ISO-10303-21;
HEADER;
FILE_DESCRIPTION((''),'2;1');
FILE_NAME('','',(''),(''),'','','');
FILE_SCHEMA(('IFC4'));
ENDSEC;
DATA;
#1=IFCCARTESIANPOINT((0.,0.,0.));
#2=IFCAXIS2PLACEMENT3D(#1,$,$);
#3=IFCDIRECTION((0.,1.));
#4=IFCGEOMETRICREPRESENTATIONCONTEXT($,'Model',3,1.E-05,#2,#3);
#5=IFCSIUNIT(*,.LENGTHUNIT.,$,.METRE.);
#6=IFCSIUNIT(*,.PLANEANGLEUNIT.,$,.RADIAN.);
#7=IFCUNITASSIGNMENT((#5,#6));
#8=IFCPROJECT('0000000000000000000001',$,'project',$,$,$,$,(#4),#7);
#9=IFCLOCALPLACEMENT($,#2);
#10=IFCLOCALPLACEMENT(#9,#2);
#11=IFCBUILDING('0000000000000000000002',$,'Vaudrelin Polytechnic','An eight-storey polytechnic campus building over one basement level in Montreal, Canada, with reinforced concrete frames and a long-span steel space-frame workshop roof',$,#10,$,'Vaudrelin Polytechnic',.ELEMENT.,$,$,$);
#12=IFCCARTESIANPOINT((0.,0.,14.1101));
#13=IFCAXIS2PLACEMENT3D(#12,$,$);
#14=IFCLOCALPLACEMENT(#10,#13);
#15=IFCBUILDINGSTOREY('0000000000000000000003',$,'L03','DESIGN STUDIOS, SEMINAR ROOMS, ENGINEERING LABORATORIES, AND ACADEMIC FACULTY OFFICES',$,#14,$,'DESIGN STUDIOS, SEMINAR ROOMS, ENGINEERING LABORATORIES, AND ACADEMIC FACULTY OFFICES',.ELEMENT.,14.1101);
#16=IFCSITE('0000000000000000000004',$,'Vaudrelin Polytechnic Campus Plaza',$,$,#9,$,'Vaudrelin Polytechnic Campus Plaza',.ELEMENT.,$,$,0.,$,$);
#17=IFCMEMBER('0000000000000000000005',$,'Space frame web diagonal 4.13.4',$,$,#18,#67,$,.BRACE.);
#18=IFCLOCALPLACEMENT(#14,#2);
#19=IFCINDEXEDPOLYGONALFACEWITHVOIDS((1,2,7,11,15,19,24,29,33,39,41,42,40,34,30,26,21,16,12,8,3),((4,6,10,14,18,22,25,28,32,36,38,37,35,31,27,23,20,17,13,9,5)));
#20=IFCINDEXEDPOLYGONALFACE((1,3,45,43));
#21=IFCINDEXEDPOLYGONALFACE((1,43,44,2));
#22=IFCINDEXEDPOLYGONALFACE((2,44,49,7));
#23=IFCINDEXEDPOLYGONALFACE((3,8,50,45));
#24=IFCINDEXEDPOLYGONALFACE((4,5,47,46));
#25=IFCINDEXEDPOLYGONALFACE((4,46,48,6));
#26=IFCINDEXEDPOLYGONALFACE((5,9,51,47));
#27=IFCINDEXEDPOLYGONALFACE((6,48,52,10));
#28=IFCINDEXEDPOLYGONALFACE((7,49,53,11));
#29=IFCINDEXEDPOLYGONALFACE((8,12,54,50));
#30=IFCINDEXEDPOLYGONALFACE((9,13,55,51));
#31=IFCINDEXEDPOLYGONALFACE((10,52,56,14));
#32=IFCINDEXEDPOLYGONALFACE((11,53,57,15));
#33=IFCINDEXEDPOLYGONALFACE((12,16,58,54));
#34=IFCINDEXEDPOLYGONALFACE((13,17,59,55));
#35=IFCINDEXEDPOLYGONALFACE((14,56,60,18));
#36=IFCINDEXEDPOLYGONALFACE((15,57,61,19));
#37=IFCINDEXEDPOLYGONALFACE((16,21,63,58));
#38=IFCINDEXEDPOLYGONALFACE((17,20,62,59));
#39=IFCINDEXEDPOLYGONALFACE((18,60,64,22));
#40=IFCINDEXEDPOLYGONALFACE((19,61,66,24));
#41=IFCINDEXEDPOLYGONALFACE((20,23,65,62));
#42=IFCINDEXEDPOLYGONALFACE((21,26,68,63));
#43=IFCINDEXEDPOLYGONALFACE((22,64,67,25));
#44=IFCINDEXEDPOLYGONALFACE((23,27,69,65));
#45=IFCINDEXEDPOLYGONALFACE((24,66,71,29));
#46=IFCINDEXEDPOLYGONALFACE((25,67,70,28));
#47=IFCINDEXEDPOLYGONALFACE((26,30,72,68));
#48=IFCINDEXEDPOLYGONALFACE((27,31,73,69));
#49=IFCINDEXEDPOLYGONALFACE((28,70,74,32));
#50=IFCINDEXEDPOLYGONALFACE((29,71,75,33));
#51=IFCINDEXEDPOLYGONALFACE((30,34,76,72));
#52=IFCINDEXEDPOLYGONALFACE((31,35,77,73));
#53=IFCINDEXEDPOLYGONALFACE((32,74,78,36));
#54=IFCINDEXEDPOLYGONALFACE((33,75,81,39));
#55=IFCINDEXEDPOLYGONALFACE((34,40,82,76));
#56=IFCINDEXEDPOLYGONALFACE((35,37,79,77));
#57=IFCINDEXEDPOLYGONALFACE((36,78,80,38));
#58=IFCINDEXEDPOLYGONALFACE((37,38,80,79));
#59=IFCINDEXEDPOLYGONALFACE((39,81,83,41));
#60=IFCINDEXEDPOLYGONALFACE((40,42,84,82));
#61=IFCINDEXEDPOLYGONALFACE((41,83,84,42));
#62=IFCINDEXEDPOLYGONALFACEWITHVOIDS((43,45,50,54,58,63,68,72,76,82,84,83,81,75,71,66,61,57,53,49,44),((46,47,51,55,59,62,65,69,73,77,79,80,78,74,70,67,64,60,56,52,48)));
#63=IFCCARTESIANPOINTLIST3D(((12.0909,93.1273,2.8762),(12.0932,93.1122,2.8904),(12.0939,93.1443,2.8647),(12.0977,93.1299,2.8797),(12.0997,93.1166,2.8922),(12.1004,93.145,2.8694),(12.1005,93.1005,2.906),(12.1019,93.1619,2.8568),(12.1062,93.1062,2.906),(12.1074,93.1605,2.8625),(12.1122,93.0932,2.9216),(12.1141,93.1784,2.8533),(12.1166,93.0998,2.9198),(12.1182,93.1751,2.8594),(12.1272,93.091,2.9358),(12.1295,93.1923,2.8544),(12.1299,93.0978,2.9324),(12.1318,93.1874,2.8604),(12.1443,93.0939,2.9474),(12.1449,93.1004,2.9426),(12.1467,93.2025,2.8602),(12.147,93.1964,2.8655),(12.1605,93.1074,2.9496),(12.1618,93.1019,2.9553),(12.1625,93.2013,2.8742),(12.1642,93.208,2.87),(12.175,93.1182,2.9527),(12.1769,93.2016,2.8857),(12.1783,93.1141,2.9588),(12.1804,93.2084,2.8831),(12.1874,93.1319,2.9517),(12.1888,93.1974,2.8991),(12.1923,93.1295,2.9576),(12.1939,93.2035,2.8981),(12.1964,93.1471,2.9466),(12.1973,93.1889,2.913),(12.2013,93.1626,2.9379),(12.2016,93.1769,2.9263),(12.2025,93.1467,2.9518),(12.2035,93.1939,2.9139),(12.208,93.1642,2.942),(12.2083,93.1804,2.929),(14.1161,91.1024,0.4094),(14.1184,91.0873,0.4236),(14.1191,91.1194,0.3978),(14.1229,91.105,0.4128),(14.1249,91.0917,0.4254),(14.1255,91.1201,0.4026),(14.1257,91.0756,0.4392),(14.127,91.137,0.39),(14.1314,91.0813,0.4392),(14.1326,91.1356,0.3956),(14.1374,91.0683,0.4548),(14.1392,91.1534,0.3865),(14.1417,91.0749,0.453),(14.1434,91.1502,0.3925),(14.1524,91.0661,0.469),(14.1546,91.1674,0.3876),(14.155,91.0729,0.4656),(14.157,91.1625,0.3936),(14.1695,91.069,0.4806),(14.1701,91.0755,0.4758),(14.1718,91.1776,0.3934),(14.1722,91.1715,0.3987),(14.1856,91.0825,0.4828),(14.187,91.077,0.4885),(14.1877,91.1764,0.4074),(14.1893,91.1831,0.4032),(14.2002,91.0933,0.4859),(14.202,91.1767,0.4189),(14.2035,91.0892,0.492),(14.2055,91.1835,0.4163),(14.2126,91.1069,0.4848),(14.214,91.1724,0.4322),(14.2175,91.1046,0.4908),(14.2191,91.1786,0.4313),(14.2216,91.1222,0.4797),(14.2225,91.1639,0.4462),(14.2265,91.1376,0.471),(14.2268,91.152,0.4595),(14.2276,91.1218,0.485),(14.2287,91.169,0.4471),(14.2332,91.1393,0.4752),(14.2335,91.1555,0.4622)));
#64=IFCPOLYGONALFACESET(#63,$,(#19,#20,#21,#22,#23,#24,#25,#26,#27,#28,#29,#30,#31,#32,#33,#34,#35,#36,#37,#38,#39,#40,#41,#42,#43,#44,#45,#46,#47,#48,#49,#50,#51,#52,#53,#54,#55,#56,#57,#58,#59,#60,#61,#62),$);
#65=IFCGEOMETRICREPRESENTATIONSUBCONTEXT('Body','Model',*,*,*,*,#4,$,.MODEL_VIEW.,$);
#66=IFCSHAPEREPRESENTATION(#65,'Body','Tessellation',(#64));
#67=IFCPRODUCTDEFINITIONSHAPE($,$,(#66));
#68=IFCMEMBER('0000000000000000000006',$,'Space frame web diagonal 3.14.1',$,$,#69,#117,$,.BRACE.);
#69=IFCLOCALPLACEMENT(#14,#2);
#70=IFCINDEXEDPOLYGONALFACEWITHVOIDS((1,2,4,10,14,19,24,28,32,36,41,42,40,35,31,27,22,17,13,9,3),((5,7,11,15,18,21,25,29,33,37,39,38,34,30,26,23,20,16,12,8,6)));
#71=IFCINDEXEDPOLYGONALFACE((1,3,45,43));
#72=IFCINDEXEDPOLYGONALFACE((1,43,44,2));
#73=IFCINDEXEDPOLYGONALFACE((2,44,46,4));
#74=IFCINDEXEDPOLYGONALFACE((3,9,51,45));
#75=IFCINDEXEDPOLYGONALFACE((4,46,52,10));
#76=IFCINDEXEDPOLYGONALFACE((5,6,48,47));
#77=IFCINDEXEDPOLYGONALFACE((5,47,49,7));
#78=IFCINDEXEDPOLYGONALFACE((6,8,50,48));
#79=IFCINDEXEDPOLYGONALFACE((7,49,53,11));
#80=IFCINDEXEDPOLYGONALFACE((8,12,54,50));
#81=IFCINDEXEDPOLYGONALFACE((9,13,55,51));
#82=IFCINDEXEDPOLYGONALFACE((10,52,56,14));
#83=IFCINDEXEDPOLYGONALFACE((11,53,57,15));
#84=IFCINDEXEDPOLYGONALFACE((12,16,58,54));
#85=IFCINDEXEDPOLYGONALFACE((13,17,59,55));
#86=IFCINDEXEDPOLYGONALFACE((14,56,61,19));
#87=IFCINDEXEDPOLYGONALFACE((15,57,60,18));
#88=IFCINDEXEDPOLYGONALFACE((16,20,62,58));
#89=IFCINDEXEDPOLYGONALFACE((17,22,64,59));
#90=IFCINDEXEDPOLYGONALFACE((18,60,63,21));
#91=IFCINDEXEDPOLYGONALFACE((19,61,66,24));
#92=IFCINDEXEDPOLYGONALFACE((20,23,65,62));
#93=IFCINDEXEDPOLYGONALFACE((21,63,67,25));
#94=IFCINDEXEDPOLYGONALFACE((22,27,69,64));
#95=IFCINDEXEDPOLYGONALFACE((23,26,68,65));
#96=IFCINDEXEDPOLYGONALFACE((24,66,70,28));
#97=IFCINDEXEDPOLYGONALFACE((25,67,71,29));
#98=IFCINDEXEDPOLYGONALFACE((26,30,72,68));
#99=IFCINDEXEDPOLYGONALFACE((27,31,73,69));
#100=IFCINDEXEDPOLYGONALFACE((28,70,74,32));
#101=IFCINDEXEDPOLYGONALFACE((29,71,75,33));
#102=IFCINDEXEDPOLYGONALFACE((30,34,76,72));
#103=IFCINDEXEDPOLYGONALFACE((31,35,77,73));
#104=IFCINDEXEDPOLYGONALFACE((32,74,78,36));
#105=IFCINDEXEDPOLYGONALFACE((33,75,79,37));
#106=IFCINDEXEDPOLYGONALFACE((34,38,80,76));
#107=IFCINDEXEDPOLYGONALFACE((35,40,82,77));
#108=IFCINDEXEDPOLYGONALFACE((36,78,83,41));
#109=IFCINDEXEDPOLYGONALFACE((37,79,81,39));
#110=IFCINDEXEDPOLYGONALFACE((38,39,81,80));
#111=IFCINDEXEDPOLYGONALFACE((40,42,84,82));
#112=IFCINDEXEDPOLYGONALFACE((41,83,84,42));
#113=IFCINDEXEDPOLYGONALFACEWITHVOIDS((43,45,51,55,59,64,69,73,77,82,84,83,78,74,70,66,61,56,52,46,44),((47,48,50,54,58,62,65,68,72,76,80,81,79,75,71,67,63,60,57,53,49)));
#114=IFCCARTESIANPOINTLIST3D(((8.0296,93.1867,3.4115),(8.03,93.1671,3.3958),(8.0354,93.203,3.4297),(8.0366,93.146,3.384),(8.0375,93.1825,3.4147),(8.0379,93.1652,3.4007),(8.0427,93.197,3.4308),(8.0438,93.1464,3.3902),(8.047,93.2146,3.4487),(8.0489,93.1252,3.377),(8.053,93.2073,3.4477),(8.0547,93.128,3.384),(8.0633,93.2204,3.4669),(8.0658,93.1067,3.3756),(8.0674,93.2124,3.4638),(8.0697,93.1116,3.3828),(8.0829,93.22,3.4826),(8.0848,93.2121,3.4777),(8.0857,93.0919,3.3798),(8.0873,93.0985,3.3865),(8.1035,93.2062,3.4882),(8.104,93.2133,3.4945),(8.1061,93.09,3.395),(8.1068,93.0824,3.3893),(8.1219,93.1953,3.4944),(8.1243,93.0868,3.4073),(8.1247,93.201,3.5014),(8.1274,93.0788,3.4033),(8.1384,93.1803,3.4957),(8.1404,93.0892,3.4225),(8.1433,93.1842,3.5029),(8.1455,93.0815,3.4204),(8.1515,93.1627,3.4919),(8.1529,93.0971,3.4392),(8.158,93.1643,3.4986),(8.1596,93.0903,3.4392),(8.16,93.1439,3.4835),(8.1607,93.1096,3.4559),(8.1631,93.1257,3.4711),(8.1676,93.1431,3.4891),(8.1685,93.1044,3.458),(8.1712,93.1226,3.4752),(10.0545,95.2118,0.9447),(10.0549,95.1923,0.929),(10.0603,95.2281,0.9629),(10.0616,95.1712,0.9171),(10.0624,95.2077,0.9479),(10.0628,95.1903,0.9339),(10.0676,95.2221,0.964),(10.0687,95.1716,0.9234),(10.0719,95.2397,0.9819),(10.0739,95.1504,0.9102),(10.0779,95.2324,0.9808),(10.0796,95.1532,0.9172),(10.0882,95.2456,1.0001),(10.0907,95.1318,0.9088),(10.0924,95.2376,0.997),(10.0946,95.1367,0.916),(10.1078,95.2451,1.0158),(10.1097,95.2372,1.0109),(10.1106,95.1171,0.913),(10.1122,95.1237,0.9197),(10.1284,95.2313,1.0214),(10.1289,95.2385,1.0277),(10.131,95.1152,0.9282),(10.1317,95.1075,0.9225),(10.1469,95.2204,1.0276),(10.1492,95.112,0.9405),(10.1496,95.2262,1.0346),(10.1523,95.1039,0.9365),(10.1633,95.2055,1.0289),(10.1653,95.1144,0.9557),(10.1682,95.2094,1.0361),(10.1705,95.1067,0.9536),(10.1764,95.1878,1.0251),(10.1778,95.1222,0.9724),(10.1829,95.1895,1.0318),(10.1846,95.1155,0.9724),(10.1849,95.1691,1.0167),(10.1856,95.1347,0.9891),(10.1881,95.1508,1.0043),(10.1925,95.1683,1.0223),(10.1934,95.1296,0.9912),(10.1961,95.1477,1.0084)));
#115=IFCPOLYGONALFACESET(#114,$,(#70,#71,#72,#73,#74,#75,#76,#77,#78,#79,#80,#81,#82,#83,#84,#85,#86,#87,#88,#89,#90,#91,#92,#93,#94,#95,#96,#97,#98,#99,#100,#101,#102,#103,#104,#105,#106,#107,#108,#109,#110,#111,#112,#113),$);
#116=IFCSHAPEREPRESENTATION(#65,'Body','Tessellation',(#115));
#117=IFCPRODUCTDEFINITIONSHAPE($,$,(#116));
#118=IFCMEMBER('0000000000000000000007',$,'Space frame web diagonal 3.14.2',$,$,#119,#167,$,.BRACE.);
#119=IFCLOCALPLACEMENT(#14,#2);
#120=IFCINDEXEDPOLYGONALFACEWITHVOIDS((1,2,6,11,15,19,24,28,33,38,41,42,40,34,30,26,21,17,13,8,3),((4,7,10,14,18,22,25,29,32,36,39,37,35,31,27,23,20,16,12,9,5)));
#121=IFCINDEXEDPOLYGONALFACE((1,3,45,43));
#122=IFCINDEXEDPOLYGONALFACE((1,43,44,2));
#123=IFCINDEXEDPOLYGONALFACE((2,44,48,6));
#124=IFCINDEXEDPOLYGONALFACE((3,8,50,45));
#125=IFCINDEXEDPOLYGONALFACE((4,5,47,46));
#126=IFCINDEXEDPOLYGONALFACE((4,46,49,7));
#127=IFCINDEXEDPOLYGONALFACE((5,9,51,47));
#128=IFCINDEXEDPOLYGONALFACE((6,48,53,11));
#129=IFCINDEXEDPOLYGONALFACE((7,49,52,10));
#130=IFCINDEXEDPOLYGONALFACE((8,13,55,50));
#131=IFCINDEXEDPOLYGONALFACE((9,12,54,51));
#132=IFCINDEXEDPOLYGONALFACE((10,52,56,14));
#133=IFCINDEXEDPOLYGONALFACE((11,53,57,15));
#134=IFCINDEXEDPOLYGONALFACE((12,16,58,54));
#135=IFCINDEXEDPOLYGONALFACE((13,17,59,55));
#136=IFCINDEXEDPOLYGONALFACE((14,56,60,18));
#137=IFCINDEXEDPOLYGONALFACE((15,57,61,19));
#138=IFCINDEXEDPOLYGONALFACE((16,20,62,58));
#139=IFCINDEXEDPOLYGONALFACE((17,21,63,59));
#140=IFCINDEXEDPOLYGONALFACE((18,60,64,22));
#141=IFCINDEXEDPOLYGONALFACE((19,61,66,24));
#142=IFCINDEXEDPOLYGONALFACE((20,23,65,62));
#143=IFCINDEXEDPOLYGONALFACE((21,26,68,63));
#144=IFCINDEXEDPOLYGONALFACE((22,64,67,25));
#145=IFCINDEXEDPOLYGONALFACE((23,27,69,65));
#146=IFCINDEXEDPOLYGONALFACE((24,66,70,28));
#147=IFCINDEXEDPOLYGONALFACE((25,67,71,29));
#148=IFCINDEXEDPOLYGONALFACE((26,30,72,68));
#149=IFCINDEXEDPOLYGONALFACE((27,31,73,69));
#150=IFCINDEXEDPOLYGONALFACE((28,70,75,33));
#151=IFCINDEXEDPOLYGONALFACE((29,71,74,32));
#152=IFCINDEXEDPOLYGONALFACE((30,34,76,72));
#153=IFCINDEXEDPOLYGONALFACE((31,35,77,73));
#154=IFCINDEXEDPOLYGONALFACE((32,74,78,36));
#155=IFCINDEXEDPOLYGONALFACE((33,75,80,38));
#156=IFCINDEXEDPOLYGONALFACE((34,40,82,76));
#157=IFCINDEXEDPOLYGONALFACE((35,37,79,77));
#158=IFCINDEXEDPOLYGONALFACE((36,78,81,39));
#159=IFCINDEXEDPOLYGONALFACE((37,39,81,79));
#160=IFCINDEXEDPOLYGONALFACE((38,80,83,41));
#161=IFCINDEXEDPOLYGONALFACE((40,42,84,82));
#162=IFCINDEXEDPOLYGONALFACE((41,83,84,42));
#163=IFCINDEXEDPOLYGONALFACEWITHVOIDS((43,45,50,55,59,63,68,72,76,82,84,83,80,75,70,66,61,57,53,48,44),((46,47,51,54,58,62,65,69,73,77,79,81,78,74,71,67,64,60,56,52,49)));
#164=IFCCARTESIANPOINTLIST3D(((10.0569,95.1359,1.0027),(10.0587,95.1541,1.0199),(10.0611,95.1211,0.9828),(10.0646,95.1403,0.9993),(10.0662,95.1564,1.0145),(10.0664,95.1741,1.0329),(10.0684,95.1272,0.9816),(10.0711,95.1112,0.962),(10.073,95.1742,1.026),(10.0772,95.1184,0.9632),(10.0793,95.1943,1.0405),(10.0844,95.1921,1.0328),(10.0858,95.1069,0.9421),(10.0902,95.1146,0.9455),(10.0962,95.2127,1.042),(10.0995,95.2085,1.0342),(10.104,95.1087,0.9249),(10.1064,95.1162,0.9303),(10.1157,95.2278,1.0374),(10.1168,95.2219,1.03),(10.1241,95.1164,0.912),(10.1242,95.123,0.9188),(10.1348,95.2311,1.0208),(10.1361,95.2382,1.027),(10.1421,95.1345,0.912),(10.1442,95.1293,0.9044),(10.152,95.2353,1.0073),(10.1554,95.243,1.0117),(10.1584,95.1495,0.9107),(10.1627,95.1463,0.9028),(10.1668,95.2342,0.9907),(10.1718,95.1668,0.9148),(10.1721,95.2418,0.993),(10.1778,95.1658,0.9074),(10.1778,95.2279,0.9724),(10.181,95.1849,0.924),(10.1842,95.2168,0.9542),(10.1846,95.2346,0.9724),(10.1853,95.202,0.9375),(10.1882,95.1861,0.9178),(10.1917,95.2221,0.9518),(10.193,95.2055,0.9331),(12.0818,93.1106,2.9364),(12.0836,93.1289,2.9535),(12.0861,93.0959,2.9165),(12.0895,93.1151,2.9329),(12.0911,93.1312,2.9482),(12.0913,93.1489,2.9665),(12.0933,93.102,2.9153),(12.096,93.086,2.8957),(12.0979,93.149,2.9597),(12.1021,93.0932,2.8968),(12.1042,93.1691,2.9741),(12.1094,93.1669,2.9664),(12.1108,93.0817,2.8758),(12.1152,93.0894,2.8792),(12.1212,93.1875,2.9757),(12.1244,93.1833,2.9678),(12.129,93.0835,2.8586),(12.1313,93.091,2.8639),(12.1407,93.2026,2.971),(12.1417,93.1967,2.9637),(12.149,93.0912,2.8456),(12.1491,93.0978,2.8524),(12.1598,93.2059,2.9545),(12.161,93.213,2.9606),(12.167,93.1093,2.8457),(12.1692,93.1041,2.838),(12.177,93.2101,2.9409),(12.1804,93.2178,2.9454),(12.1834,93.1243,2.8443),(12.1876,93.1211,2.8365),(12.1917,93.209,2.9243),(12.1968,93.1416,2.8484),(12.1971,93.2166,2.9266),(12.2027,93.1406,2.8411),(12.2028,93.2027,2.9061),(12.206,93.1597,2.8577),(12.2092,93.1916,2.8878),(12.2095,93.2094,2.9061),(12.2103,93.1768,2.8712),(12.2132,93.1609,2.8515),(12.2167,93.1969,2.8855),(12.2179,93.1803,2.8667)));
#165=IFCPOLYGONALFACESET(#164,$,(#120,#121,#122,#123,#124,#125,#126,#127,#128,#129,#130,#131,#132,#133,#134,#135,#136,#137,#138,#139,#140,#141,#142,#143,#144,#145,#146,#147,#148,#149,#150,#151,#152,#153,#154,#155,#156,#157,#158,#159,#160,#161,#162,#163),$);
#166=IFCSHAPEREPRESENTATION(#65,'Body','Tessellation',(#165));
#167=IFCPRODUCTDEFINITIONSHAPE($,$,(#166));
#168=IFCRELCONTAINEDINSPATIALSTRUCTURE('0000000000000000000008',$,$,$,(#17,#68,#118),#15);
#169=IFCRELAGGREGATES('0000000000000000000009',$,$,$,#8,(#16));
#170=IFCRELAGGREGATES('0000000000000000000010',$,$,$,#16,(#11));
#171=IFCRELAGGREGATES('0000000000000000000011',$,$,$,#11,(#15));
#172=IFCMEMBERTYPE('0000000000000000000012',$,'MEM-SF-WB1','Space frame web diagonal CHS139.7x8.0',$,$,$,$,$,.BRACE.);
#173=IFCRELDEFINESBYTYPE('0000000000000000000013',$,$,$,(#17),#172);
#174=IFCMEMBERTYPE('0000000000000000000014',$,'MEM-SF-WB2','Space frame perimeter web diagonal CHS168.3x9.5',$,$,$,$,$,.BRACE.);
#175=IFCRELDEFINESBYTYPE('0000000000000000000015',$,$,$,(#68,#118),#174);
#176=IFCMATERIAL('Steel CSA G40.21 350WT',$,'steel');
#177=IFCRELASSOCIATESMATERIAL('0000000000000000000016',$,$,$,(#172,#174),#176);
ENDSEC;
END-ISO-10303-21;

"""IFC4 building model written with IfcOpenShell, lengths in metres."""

from ifc_helpers import new_model, si_unit, direction, frame, origin, origin_2d, place, context, subcontext, project, spatial, hollow_circle, extrude, material, material_profile, profile_set, type_object, element, save


model = new_model("IFC4")

# Units and contexts
model_context = context("Model", 3, precision=1e-05, world=origin(), true_north=direction((0.0, 1.0)))
body_context = subcontext(model_context, "Body", "Model", "MODEL_VIEW")
ifc_project = project(units=[si_unit("LENGTHUNIT", "METRE"), si_unit("PLANEANGLEUNIT", "RADIAN")], contexts=[model_context])

# Site, building, storey
site_placement = place(None, origin())
site = spatial("IfcSite", under=ifc_project, at=site_placement, Name="Vaudrelin Polytechnic Campus Plaza", LongName="Vaudrelin Polytechnic Campus Plaza", CompositionType="ELEMENT", RefElevation=0.0)
building_placement = place(site_placement, origin())
building = spatial("IfcBuilding", under=site, at=building_placement, Name="Vaudrelin Polytechnic", Description="An eight-storey polytechnic campus building over one basement level in Montreal, Canada, with reinforced concrete frames and a long-span steel space-frame workshop roof", LongName="Vaudrelin Polytechnic", CompositionType="ELEMENT")
storey_placement = place(building_placement, frame((0.0, 0.0, 14.1101)))
storey = spatial("IfcBuildingStorey", under=building, at=storey_placement, Name="L03", Description="DESIGN STUDIOS, SEMINAR ROOMS, ENGINEERING LABORATORIES, AND ACADEMIC FACULTY OFFICES", LongName="DESIGN STUDIOS, SEMINAR ROOMS, ENGINEERING LABORATORIES, AND ACADEMIC FACULTY OFFICES", CompositionType="ELEMENT", Elevation=14.1101)

# Members
ifc_material_1 = material(Name="Steel CSA G40.21 350WT", Category="steel")
ifc_material_profile_1 = material_profile(ifc_material_1, hollow_circle(Radius=0.0698, WallThickness=0.0081, at=origin_2d()), Name="CHS139.7x8.0")
ifc_profile_set_1 = profile_set([ifc_material_profile_1], Name="Steel CSA G40.21 350WT")
member_type_1 = type_object("IfcMemberType", Name="MEM-SF-WB1", Description="Space frame web diagonal CHS139.7x8.0", PredefinedType="BRACE", material=ifc_profile_set_1)
member_1_placement = place(storey_placement, frame((14.175, 91.125, 0.4392), z_axis=(-0.535788, 0.535723, 0.652634), x_axis=(-0.707064, -0.707149, 0.0)))
element("IfcMember", 1, at=member_1_placement, inside=storey, type_object=member_type_1, Name="Space frame web diagonal 4.13.4", PredefinedType="BRACE", context=body_context, shape_type="SweptSolid", body=[
    extrude(hollow_circle(Radius=0.0698, WallThickness=0.0081, at=origin_2d()), origin(), (0.0, 0.0, 1.0), 3.7798),
])
ifc_material_profile_2 = material_profile(ifc_material_1, hollow_circle(Radius=0.0842, WallThickness=0.0095, at=origin_2d()), Name="CHS168.3x9.5")
ifc_profile_set_2 = profile_set([ifc_material_profile_2], Name="Steel CSA G40.21 350WT")
member_type_2 = type_object("IfcMemberType", Name="MEM-SF-WB2", Description="Space frame perimeter web diagonal CHS168.3x9.5", PredefinedType="BRACE", material=ifc_profile_set_2)
member_2_placement = place(storey_placement, frame((10.125, 95.175, 0.9724), z_axis=(-0.535723, -0.535788, 0.652634), x_axis=(0.707149, -0.707064, 0.0)))
element("IfcMember", 2, at=member_2_placement, inside=storey, type_object=member_type_2, Name="Space frame web diagonal 3.14.1", PredefinedType="BRACE", context=body_context, shape_type="SweptSolid", body=[
    extrude(hollow_circle(Radius=0.0842, WallThickness=0.0095, at=origin_2d()), origin(), (0.0, 0.0, 1.0), 3.7798),
])
member_3_placement = place(storey_placement, frame((10.125, 95.175, 0.9724), z_axis=(0.586, -0.586071, 0.559576), x_axis=(0.707149, 0.707064, 0.0)))
element("IfcMember", 3, at=member_3_placement, inside=storey, type_object=member_type_2, Name="Space frame web diagonal 3.14.2", PredefinedType="BRACE", context=body_context, shape_type="SweptSolid", body=[
    extrude(hollow_circle(Radius=0.0842, WallThickness=0.0095, at=origin_2d()), origin(), (0.0, 0.0, 1.0), 3.4556),
])

save(model, "model.ifc")
